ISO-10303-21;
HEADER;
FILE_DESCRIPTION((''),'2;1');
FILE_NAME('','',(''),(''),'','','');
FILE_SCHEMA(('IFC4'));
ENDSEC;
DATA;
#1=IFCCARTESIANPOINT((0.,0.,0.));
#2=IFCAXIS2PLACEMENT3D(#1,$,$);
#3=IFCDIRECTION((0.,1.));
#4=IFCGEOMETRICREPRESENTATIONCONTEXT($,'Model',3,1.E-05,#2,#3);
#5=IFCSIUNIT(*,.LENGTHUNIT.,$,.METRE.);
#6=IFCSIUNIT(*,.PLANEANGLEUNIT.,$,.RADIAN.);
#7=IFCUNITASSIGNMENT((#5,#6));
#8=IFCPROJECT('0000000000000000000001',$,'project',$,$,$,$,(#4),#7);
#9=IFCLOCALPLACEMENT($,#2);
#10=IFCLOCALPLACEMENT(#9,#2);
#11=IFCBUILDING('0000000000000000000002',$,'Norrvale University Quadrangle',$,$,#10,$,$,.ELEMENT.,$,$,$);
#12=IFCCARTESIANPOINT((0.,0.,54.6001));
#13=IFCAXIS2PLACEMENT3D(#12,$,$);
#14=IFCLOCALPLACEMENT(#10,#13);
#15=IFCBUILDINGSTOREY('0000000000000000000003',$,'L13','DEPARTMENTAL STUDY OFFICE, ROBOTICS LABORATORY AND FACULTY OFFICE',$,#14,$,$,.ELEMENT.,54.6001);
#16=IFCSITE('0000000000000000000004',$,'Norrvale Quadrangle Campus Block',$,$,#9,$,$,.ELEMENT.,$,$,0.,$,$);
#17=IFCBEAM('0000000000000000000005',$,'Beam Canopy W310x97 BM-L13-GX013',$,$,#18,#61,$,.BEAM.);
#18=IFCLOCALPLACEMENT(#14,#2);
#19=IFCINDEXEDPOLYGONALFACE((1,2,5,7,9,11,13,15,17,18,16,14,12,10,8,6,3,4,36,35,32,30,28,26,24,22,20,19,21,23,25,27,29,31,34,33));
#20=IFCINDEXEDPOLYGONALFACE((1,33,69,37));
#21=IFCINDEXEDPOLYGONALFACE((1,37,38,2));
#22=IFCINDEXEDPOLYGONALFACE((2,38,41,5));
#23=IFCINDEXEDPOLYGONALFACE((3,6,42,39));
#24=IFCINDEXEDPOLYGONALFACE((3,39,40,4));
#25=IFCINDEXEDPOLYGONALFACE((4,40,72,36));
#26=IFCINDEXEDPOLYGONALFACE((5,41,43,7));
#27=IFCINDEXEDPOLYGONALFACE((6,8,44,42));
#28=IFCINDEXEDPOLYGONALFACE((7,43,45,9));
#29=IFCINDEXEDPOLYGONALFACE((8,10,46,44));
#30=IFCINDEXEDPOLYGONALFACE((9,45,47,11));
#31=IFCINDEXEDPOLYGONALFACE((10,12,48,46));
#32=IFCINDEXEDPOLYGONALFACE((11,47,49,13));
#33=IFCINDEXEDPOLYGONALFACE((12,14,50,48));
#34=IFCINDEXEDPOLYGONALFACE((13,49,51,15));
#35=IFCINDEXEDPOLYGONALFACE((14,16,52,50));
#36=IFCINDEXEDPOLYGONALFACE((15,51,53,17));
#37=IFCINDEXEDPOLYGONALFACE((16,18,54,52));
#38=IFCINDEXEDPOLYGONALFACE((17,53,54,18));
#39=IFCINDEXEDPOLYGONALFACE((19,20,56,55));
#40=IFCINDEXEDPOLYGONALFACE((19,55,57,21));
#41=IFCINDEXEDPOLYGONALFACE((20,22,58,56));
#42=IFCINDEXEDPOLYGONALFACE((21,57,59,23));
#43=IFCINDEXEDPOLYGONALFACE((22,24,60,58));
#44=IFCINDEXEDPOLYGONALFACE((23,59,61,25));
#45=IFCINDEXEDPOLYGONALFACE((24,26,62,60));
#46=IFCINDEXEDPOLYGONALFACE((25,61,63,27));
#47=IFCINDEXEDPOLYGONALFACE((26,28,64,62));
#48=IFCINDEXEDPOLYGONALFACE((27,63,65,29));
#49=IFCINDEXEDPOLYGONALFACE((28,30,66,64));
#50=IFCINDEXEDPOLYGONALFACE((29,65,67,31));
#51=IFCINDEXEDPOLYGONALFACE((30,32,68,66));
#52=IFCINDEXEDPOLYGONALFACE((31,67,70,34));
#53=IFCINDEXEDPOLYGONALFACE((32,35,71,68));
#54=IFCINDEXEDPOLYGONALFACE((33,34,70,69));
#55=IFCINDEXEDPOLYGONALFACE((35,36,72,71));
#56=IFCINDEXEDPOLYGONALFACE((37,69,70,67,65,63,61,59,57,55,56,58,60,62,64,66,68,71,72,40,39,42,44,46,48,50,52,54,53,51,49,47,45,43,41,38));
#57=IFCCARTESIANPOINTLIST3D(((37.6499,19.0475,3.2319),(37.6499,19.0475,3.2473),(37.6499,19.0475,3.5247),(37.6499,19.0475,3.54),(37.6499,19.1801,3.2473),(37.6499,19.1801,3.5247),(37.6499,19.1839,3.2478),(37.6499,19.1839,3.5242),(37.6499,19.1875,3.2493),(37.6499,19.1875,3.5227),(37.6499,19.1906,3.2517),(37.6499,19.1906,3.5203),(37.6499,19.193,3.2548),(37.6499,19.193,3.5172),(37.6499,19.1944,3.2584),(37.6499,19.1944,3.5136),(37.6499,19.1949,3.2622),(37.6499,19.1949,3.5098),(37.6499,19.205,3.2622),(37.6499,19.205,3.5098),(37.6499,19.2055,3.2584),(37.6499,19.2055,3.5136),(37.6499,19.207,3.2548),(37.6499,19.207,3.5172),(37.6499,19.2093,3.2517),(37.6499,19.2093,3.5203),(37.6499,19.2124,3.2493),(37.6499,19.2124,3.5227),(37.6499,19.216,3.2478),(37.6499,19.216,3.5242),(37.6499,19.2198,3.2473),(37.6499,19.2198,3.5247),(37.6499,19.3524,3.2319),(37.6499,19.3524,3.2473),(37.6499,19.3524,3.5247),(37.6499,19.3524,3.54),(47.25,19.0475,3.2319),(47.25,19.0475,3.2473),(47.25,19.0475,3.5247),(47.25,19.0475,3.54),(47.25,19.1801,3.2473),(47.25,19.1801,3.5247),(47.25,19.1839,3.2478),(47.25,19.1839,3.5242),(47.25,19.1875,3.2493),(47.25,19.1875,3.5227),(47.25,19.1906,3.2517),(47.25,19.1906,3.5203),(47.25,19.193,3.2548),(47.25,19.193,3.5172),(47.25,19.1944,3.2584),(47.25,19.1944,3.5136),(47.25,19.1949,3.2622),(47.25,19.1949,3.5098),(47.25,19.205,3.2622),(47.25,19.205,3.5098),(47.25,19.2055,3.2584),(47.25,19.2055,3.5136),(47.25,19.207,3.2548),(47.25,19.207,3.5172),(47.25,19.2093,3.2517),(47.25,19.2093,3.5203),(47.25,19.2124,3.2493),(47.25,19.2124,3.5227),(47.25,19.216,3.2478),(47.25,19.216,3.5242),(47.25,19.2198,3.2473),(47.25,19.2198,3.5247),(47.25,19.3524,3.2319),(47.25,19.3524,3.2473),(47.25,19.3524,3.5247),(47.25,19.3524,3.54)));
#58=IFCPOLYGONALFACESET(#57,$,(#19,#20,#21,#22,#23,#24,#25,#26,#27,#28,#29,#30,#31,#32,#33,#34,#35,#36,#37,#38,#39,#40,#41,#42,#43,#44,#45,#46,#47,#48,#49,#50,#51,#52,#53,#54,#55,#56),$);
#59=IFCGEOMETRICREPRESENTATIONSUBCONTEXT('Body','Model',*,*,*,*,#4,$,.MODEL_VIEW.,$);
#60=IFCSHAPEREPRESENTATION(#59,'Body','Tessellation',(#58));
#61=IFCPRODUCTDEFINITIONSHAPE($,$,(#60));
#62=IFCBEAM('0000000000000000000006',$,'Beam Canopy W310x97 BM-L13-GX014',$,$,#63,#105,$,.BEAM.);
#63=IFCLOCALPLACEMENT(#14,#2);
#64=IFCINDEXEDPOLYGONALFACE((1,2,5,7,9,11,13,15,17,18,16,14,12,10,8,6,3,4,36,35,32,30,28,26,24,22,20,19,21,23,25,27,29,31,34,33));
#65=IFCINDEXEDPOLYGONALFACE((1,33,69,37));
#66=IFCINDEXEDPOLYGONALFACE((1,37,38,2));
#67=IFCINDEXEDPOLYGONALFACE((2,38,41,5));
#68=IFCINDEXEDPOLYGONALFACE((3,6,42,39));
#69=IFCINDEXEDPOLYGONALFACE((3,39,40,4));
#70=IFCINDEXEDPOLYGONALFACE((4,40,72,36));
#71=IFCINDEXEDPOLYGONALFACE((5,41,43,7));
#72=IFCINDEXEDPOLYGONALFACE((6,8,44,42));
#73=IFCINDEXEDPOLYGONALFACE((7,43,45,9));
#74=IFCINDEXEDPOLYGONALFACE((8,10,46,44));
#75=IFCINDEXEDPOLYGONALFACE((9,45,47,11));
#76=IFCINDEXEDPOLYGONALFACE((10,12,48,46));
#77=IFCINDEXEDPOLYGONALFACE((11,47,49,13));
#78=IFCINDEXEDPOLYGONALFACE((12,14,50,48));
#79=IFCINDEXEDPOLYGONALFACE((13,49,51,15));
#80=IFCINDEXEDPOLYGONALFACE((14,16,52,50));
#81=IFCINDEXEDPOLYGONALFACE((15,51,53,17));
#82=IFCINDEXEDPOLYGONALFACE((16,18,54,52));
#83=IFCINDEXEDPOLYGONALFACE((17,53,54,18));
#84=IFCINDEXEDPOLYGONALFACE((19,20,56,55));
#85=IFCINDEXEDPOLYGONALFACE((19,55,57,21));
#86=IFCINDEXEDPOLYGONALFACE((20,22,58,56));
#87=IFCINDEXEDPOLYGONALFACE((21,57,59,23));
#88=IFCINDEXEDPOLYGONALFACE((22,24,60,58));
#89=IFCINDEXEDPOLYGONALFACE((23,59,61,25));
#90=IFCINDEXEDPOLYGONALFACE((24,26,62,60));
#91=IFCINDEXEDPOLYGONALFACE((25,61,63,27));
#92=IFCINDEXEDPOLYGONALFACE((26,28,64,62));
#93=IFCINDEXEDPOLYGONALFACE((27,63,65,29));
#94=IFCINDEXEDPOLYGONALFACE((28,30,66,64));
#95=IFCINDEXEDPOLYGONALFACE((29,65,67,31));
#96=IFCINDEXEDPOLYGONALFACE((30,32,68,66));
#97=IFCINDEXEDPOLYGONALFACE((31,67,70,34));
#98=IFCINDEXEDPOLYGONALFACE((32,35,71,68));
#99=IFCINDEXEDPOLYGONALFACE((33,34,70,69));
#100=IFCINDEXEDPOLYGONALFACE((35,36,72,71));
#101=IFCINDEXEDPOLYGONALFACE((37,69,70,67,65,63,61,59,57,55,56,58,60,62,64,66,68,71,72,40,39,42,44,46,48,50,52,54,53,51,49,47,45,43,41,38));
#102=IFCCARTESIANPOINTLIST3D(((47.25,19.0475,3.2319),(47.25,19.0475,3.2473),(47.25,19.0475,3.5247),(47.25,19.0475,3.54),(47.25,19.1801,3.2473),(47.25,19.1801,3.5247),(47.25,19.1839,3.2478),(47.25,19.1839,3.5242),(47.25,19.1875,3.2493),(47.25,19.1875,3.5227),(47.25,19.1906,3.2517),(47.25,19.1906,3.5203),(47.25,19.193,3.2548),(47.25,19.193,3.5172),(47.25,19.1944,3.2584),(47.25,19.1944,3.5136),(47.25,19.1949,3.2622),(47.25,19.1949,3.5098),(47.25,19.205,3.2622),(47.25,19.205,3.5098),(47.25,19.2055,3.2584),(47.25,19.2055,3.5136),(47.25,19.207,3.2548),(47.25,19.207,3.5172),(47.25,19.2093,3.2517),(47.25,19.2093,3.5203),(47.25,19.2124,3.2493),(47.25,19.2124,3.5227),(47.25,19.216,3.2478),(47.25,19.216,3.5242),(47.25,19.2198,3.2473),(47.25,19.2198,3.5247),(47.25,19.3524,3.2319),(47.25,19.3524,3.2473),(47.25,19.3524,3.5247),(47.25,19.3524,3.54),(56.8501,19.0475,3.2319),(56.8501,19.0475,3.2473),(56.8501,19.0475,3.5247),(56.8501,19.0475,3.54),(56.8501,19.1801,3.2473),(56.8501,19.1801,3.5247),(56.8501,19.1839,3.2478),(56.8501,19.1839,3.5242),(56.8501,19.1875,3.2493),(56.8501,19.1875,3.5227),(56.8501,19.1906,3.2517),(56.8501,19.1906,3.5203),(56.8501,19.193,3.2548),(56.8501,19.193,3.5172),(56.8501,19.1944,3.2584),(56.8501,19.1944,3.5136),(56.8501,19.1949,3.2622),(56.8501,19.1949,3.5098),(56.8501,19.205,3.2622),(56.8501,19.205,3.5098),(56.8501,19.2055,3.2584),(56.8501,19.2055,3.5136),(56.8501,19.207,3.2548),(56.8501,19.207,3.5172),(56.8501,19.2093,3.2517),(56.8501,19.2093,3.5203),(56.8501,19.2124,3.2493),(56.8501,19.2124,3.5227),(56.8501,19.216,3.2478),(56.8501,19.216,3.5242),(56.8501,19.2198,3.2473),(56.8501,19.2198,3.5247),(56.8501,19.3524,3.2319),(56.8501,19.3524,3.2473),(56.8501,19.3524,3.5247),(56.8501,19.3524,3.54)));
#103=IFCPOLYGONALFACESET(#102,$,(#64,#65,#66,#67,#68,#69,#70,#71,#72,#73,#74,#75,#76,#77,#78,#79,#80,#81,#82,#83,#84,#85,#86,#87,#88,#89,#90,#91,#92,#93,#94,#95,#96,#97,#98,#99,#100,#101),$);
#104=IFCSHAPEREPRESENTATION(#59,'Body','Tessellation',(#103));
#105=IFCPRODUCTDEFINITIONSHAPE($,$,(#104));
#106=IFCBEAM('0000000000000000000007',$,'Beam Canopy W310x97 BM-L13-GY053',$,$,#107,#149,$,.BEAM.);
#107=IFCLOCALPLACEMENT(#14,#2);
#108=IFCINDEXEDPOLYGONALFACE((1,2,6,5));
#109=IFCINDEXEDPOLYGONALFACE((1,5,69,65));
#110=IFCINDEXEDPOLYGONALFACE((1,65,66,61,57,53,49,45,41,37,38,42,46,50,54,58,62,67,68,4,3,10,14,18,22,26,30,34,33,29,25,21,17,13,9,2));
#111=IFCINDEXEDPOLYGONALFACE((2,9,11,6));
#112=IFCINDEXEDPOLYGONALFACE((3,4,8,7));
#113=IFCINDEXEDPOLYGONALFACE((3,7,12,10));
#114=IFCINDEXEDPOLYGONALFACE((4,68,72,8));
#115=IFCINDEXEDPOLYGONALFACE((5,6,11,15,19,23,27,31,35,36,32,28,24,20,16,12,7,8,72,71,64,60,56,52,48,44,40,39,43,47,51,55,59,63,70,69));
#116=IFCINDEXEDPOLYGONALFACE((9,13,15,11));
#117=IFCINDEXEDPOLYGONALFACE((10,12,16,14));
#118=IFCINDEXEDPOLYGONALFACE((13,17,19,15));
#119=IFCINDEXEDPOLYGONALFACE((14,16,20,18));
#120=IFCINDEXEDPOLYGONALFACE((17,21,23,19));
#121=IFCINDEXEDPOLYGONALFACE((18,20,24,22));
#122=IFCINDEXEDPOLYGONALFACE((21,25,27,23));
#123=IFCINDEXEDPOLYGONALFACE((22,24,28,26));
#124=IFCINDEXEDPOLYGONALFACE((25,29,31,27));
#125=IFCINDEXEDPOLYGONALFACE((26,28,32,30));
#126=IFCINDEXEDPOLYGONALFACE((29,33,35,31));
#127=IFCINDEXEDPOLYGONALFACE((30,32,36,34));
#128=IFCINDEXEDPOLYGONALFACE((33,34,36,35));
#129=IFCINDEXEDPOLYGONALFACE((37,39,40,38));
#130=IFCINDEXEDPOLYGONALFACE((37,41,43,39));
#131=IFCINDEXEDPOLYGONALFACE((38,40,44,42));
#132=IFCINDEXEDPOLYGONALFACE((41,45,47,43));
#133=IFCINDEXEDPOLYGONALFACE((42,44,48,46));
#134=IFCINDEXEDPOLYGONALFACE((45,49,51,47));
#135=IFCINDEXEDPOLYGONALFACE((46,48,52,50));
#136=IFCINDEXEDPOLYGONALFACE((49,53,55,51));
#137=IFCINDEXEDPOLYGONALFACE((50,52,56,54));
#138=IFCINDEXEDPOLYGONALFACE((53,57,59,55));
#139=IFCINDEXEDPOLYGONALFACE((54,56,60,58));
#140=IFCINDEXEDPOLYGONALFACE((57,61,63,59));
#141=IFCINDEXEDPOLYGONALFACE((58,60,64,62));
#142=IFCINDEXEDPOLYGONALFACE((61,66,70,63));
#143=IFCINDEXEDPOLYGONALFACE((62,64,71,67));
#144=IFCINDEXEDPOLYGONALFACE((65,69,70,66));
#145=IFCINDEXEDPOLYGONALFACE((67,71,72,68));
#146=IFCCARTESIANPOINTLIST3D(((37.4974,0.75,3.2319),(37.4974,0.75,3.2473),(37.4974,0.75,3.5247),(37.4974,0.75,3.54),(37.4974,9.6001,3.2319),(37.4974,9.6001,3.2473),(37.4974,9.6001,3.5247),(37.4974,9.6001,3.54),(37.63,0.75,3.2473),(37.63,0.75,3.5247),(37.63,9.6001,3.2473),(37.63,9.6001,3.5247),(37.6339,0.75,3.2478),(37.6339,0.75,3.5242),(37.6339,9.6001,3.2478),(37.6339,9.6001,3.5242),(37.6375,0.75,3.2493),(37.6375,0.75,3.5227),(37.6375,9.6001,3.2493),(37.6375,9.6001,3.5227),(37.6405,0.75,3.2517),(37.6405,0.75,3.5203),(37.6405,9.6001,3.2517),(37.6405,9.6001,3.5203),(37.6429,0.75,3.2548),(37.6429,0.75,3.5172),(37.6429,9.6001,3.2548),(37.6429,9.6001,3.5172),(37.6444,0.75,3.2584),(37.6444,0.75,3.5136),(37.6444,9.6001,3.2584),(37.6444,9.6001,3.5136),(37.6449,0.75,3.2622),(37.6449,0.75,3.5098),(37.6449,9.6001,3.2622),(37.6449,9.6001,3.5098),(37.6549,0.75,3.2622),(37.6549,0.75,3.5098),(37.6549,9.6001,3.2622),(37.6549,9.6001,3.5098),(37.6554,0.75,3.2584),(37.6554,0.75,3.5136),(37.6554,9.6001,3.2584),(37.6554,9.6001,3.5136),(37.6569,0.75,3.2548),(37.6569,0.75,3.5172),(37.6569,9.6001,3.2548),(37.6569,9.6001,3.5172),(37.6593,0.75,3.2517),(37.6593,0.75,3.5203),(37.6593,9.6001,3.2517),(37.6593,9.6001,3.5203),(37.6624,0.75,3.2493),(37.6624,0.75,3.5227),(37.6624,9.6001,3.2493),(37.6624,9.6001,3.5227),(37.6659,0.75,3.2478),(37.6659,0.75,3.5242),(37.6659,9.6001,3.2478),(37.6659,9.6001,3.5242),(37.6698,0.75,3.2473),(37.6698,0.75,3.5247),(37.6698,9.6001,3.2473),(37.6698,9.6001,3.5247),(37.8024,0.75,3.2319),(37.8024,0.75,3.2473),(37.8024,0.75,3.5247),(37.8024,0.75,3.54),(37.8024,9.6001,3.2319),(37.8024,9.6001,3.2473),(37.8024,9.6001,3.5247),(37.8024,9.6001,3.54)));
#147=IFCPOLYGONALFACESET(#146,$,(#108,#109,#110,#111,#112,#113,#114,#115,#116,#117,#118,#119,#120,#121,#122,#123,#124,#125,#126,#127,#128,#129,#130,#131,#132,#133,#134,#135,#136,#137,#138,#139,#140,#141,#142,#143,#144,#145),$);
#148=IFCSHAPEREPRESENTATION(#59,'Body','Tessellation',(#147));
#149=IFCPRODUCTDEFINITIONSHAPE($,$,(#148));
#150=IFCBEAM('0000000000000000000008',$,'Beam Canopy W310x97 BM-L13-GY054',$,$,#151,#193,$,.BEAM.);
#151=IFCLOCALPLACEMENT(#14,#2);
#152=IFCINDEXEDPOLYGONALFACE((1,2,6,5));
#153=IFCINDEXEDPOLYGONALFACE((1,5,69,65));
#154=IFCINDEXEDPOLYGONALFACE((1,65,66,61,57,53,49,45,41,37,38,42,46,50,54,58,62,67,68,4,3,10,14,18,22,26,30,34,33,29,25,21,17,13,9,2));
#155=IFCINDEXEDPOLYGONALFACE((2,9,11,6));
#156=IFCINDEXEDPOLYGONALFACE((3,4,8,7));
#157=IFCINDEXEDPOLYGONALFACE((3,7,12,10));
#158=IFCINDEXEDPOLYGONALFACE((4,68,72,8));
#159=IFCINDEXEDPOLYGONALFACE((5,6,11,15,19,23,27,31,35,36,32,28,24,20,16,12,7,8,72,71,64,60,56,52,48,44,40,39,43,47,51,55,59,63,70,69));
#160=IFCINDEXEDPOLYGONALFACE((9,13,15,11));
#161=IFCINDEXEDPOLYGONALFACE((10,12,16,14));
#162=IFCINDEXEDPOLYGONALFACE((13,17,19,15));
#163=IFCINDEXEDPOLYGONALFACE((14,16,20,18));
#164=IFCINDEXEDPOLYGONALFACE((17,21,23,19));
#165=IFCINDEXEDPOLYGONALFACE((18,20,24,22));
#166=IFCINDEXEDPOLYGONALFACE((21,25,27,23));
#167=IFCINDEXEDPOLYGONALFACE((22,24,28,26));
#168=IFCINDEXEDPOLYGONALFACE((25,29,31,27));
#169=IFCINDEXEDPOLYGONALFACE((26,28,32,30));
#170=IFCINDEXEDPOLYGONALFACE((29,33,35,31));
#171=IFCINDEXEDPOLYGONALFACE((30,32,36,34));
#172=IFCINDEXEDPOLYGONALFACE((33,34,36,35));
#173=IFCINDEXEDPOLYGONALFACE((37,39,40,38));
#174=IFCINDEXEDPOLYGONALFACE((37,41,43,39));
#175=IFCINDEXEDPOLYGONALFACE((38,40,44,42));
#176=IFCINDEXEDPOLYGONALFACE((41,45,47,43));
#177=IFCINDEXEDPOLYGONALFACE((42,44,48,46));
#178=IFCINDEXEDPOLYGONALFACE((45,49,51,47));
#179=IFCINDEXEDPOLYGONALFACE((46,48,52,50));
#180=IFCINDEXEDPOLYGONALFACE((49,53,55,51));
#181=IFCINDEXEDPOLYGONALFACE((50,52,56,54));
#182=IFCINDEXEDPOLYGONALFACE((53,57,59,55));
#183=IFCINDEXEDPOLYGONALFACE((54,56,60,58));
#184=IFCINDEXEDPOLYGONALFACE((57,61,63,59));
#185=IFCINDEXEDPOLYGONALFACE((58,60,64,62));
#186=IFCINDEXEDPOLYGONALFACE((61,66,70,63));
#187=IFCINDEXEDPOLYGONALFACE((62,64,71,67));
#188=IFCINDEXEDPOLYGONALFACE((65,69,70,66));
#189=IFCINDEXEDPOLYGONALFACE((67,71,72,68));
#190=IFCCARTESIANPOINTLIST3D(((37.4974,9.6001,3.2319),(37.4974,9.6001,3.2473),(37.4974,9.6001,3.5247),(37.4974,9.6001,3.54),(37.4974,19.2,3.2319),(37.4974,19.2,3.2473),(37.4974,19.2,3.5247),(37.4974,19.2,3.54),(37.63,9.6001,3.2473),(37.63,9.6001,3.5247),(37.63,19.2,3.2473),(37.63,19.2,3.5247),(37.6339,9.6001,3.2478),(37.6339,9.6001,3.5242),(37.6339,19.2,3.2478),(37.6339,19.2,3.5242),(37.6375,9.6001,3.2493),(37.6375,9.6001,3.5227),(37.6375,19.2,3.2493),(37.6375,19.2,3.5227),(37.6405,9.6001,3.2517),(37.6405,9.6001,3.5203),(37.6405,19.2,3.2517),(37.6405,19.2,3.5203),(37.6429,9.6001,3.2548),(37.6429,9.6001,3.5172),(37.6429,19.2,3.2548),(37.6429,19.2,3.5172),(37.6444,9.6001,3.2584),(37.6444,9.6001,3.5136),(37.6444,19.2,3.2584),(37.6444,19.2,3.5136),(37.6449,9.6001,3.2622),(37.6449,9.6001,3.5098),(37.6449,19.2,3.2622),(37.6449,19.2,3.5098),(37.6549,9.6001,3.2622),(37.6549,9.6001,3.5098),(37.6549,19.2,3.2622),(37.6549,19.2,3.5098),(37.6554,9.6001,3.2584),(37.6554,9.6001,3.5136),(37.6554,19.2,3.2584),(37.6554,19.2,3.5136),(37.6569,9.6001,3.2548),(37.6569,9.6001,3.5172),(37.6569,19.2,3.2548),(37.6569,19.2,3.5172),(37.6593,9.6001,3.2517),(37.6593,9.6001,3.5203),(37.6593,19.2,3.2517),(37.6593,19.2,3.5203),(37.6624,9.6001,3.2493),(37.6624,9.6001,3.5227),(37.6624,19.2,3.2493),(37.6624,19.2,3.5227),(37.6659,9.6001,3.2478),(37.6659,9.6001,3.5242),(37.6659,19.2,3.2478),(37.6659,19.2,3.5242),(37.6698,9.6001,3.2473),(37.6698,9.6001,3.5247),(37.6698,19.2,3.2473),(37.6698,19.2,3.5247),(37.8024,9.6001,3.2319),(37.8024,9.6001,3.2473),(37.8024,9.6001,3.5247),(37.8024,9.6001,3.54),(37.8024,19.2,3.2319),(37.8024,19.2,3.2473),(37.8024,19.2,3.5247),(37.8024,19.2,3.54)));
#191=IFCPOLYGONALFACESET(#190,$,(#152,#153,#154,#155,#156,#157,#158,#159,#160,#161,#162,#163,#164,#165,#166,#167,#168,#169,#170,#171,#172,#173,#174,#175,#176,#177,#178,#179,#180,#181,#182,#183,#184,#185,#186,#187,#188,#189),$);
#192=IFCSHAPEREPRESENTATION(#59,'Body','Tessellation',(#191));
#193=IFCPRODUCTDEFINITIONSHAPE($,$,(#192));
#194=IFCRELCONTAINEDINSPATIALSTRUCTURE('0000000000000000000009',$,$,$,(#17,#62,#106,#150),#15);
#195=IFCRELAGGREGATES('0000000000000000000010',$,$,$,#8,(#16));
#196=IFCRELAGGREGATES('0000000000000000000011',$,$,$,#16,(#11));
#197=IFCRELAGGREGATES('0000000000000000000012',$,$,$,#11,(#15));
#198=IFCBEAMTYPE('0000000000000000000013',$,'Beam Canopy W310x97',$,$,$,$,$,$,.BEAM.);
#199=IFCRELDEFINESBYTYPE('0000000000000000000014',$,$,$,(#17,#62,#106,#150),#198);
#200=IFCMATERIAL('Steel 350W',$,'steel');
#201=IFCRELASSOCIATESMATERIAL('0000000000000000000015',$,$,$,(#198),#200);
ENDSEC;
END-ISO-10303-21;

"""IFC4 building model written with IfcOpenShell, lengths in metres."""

from ifc_helpers import new_model, si_unit, direction, frame, origin, origin_2d, place, context, subcontext, project, spatial, i_section, extrude, material, material_profile, profile_set, type_object, element, save


model = new_model("IFC4")

# Units and contexts
model_context = context("Model", 3, precision=1e-05, world=origin(), true_north=direction((0.0, 1.0)))
body_context = subcontext(model_context, "Body", "Model", "MODEL_VIEW")
ifc_project = project(units=[si_unit("LENGTHUNIT", "METRE"), si_unit("PLANEANGLEUNIT", "RADIAN")], contexts=[model_context])

# Site, building, storey
site_placement = place(None, origin())
site = spatial("IfcSite", under=ifc_project, at=site_placement, Name="Norrvale Quadrangle Campus Block", CompositionType="ELEMENT", RefElevation=0.0)
building_placement = place(site_placement, origin())
building = spatial("IfcBuilding", under=site, at=building_placement, Name="Norrvale University Quadrangle", CompositionType="ELEMENT")
storey_placement = place(building_placement, frame((0.0, 0.0, 54.6001)))
storey = spatial("IfcBuildingStorey", under=building, at=storey_placement, Name="L13", Description="DEPARTMENTAL STUDY OFFICE, ROBOTICS LABORATORY AND FACULTY OFFICE", CompositionType="ELEMENT", Elevation=54.6001)

# Beams
ifc_material_1 = material(Name="Steel 350W", Category="steel")
ifc_material_profile_1 = material_profile(ifc_material_1, i_section(OverallWidth=0.3049, OverallDepth=0.3081, WebThickness=0.01, FlangeThickness=0.0154, FilletRadius=0.0149, at=origin_2d()), Name="Steel 350W")
ifc_profile_set_1 = profile_set([ifc_material_profile_1], Name="Steel 350W")
beam_type_1 = type_object("IfcBeamType", Name="Beam Canopy W310x97", PredefinedType="BEAM", material=ifc_profile_set_1)
for number, where, z_axis, x_axis, name in (
    (1, (37.6499, 19.2, 3.386), (1.0, 0.0, 0.0), (0.0, 1.0, 0.0), "Beam Canopy W310x97 BM-L13-GX013"),
    (2, (47.25, 19.2, 3.386), (1.0, 0.0, 0.0), (0.0, 1.0, 0.0), "Beam Canopy W310x97 BM-L13-GX014"),
):
    element("IfcBeam", number, at=place(storey_placement, frame(where, z_axis=z_axis, x_axis=x_axis)), inside=storey, type_object=beam_type_1, Name=name, PredefinedType="BEAM", context=body_context, shape_type="SweptSolid", body=[
        extrude(i_section(OverallWidth=0.3049, OverallDepth=0.3081, WebThickness=0.01, FlangeThickness=0.0154, FilletRadius=0.0149, at=origin_2d()), origin(), (0.0, 0.0, 1.0), 9.6001),
    ])
beam_1_placement = place(storey_placement, frame((37.6499, 0.75, 3.386), z_axis=(0.0, 1.0, 0.0), x_axis=(-1.0, 0.0, 0.0)))
element("IfcBeam", 3, at=beam_1_placement, inside=storey, type_object=beam_type_1, Name="Beam Canopy W310x97 BM-L13-GY053", PredefinedType="BEAM", context=body_context, shape_type="SweptSolid", body=[
    extrude(i_section(OverallWidth=0.3049, OverallDepth=0.3081, WebThickness=0.01, FlangeThickness=0.0154, FilletRadius=0.0149, at=origin_2d()), origin(), (0.0, 0.0, 1.0), 8.8501),
])
beam_2_placement = place(storey_placement, frame((37.6499, 9.6001, 3.386), z_axis=(0.0, 1.0, 0.0), x_axis=(-1.0, 0.0, 0.0)))
element("IfcBeam", 4, at=beam_2_placement, inside=storey, type_object=beam_type_1, Name="Beam Canopy W310x97 BM-L13-GY054", PredefinedType="BEAM", context=body_context, shape_type="SweptSolid", body=[
    extrude(i_section(OverallWidth=0.3049, OverallDepth=0.3081, WebThickness=0.01, FlangeThickness=0.0154, FilletRadius=0.0149, at=origin_2d()), origin(), (0.0, 0.0, 1.0), 9.5999),
])

save(model, "model.ifc")
